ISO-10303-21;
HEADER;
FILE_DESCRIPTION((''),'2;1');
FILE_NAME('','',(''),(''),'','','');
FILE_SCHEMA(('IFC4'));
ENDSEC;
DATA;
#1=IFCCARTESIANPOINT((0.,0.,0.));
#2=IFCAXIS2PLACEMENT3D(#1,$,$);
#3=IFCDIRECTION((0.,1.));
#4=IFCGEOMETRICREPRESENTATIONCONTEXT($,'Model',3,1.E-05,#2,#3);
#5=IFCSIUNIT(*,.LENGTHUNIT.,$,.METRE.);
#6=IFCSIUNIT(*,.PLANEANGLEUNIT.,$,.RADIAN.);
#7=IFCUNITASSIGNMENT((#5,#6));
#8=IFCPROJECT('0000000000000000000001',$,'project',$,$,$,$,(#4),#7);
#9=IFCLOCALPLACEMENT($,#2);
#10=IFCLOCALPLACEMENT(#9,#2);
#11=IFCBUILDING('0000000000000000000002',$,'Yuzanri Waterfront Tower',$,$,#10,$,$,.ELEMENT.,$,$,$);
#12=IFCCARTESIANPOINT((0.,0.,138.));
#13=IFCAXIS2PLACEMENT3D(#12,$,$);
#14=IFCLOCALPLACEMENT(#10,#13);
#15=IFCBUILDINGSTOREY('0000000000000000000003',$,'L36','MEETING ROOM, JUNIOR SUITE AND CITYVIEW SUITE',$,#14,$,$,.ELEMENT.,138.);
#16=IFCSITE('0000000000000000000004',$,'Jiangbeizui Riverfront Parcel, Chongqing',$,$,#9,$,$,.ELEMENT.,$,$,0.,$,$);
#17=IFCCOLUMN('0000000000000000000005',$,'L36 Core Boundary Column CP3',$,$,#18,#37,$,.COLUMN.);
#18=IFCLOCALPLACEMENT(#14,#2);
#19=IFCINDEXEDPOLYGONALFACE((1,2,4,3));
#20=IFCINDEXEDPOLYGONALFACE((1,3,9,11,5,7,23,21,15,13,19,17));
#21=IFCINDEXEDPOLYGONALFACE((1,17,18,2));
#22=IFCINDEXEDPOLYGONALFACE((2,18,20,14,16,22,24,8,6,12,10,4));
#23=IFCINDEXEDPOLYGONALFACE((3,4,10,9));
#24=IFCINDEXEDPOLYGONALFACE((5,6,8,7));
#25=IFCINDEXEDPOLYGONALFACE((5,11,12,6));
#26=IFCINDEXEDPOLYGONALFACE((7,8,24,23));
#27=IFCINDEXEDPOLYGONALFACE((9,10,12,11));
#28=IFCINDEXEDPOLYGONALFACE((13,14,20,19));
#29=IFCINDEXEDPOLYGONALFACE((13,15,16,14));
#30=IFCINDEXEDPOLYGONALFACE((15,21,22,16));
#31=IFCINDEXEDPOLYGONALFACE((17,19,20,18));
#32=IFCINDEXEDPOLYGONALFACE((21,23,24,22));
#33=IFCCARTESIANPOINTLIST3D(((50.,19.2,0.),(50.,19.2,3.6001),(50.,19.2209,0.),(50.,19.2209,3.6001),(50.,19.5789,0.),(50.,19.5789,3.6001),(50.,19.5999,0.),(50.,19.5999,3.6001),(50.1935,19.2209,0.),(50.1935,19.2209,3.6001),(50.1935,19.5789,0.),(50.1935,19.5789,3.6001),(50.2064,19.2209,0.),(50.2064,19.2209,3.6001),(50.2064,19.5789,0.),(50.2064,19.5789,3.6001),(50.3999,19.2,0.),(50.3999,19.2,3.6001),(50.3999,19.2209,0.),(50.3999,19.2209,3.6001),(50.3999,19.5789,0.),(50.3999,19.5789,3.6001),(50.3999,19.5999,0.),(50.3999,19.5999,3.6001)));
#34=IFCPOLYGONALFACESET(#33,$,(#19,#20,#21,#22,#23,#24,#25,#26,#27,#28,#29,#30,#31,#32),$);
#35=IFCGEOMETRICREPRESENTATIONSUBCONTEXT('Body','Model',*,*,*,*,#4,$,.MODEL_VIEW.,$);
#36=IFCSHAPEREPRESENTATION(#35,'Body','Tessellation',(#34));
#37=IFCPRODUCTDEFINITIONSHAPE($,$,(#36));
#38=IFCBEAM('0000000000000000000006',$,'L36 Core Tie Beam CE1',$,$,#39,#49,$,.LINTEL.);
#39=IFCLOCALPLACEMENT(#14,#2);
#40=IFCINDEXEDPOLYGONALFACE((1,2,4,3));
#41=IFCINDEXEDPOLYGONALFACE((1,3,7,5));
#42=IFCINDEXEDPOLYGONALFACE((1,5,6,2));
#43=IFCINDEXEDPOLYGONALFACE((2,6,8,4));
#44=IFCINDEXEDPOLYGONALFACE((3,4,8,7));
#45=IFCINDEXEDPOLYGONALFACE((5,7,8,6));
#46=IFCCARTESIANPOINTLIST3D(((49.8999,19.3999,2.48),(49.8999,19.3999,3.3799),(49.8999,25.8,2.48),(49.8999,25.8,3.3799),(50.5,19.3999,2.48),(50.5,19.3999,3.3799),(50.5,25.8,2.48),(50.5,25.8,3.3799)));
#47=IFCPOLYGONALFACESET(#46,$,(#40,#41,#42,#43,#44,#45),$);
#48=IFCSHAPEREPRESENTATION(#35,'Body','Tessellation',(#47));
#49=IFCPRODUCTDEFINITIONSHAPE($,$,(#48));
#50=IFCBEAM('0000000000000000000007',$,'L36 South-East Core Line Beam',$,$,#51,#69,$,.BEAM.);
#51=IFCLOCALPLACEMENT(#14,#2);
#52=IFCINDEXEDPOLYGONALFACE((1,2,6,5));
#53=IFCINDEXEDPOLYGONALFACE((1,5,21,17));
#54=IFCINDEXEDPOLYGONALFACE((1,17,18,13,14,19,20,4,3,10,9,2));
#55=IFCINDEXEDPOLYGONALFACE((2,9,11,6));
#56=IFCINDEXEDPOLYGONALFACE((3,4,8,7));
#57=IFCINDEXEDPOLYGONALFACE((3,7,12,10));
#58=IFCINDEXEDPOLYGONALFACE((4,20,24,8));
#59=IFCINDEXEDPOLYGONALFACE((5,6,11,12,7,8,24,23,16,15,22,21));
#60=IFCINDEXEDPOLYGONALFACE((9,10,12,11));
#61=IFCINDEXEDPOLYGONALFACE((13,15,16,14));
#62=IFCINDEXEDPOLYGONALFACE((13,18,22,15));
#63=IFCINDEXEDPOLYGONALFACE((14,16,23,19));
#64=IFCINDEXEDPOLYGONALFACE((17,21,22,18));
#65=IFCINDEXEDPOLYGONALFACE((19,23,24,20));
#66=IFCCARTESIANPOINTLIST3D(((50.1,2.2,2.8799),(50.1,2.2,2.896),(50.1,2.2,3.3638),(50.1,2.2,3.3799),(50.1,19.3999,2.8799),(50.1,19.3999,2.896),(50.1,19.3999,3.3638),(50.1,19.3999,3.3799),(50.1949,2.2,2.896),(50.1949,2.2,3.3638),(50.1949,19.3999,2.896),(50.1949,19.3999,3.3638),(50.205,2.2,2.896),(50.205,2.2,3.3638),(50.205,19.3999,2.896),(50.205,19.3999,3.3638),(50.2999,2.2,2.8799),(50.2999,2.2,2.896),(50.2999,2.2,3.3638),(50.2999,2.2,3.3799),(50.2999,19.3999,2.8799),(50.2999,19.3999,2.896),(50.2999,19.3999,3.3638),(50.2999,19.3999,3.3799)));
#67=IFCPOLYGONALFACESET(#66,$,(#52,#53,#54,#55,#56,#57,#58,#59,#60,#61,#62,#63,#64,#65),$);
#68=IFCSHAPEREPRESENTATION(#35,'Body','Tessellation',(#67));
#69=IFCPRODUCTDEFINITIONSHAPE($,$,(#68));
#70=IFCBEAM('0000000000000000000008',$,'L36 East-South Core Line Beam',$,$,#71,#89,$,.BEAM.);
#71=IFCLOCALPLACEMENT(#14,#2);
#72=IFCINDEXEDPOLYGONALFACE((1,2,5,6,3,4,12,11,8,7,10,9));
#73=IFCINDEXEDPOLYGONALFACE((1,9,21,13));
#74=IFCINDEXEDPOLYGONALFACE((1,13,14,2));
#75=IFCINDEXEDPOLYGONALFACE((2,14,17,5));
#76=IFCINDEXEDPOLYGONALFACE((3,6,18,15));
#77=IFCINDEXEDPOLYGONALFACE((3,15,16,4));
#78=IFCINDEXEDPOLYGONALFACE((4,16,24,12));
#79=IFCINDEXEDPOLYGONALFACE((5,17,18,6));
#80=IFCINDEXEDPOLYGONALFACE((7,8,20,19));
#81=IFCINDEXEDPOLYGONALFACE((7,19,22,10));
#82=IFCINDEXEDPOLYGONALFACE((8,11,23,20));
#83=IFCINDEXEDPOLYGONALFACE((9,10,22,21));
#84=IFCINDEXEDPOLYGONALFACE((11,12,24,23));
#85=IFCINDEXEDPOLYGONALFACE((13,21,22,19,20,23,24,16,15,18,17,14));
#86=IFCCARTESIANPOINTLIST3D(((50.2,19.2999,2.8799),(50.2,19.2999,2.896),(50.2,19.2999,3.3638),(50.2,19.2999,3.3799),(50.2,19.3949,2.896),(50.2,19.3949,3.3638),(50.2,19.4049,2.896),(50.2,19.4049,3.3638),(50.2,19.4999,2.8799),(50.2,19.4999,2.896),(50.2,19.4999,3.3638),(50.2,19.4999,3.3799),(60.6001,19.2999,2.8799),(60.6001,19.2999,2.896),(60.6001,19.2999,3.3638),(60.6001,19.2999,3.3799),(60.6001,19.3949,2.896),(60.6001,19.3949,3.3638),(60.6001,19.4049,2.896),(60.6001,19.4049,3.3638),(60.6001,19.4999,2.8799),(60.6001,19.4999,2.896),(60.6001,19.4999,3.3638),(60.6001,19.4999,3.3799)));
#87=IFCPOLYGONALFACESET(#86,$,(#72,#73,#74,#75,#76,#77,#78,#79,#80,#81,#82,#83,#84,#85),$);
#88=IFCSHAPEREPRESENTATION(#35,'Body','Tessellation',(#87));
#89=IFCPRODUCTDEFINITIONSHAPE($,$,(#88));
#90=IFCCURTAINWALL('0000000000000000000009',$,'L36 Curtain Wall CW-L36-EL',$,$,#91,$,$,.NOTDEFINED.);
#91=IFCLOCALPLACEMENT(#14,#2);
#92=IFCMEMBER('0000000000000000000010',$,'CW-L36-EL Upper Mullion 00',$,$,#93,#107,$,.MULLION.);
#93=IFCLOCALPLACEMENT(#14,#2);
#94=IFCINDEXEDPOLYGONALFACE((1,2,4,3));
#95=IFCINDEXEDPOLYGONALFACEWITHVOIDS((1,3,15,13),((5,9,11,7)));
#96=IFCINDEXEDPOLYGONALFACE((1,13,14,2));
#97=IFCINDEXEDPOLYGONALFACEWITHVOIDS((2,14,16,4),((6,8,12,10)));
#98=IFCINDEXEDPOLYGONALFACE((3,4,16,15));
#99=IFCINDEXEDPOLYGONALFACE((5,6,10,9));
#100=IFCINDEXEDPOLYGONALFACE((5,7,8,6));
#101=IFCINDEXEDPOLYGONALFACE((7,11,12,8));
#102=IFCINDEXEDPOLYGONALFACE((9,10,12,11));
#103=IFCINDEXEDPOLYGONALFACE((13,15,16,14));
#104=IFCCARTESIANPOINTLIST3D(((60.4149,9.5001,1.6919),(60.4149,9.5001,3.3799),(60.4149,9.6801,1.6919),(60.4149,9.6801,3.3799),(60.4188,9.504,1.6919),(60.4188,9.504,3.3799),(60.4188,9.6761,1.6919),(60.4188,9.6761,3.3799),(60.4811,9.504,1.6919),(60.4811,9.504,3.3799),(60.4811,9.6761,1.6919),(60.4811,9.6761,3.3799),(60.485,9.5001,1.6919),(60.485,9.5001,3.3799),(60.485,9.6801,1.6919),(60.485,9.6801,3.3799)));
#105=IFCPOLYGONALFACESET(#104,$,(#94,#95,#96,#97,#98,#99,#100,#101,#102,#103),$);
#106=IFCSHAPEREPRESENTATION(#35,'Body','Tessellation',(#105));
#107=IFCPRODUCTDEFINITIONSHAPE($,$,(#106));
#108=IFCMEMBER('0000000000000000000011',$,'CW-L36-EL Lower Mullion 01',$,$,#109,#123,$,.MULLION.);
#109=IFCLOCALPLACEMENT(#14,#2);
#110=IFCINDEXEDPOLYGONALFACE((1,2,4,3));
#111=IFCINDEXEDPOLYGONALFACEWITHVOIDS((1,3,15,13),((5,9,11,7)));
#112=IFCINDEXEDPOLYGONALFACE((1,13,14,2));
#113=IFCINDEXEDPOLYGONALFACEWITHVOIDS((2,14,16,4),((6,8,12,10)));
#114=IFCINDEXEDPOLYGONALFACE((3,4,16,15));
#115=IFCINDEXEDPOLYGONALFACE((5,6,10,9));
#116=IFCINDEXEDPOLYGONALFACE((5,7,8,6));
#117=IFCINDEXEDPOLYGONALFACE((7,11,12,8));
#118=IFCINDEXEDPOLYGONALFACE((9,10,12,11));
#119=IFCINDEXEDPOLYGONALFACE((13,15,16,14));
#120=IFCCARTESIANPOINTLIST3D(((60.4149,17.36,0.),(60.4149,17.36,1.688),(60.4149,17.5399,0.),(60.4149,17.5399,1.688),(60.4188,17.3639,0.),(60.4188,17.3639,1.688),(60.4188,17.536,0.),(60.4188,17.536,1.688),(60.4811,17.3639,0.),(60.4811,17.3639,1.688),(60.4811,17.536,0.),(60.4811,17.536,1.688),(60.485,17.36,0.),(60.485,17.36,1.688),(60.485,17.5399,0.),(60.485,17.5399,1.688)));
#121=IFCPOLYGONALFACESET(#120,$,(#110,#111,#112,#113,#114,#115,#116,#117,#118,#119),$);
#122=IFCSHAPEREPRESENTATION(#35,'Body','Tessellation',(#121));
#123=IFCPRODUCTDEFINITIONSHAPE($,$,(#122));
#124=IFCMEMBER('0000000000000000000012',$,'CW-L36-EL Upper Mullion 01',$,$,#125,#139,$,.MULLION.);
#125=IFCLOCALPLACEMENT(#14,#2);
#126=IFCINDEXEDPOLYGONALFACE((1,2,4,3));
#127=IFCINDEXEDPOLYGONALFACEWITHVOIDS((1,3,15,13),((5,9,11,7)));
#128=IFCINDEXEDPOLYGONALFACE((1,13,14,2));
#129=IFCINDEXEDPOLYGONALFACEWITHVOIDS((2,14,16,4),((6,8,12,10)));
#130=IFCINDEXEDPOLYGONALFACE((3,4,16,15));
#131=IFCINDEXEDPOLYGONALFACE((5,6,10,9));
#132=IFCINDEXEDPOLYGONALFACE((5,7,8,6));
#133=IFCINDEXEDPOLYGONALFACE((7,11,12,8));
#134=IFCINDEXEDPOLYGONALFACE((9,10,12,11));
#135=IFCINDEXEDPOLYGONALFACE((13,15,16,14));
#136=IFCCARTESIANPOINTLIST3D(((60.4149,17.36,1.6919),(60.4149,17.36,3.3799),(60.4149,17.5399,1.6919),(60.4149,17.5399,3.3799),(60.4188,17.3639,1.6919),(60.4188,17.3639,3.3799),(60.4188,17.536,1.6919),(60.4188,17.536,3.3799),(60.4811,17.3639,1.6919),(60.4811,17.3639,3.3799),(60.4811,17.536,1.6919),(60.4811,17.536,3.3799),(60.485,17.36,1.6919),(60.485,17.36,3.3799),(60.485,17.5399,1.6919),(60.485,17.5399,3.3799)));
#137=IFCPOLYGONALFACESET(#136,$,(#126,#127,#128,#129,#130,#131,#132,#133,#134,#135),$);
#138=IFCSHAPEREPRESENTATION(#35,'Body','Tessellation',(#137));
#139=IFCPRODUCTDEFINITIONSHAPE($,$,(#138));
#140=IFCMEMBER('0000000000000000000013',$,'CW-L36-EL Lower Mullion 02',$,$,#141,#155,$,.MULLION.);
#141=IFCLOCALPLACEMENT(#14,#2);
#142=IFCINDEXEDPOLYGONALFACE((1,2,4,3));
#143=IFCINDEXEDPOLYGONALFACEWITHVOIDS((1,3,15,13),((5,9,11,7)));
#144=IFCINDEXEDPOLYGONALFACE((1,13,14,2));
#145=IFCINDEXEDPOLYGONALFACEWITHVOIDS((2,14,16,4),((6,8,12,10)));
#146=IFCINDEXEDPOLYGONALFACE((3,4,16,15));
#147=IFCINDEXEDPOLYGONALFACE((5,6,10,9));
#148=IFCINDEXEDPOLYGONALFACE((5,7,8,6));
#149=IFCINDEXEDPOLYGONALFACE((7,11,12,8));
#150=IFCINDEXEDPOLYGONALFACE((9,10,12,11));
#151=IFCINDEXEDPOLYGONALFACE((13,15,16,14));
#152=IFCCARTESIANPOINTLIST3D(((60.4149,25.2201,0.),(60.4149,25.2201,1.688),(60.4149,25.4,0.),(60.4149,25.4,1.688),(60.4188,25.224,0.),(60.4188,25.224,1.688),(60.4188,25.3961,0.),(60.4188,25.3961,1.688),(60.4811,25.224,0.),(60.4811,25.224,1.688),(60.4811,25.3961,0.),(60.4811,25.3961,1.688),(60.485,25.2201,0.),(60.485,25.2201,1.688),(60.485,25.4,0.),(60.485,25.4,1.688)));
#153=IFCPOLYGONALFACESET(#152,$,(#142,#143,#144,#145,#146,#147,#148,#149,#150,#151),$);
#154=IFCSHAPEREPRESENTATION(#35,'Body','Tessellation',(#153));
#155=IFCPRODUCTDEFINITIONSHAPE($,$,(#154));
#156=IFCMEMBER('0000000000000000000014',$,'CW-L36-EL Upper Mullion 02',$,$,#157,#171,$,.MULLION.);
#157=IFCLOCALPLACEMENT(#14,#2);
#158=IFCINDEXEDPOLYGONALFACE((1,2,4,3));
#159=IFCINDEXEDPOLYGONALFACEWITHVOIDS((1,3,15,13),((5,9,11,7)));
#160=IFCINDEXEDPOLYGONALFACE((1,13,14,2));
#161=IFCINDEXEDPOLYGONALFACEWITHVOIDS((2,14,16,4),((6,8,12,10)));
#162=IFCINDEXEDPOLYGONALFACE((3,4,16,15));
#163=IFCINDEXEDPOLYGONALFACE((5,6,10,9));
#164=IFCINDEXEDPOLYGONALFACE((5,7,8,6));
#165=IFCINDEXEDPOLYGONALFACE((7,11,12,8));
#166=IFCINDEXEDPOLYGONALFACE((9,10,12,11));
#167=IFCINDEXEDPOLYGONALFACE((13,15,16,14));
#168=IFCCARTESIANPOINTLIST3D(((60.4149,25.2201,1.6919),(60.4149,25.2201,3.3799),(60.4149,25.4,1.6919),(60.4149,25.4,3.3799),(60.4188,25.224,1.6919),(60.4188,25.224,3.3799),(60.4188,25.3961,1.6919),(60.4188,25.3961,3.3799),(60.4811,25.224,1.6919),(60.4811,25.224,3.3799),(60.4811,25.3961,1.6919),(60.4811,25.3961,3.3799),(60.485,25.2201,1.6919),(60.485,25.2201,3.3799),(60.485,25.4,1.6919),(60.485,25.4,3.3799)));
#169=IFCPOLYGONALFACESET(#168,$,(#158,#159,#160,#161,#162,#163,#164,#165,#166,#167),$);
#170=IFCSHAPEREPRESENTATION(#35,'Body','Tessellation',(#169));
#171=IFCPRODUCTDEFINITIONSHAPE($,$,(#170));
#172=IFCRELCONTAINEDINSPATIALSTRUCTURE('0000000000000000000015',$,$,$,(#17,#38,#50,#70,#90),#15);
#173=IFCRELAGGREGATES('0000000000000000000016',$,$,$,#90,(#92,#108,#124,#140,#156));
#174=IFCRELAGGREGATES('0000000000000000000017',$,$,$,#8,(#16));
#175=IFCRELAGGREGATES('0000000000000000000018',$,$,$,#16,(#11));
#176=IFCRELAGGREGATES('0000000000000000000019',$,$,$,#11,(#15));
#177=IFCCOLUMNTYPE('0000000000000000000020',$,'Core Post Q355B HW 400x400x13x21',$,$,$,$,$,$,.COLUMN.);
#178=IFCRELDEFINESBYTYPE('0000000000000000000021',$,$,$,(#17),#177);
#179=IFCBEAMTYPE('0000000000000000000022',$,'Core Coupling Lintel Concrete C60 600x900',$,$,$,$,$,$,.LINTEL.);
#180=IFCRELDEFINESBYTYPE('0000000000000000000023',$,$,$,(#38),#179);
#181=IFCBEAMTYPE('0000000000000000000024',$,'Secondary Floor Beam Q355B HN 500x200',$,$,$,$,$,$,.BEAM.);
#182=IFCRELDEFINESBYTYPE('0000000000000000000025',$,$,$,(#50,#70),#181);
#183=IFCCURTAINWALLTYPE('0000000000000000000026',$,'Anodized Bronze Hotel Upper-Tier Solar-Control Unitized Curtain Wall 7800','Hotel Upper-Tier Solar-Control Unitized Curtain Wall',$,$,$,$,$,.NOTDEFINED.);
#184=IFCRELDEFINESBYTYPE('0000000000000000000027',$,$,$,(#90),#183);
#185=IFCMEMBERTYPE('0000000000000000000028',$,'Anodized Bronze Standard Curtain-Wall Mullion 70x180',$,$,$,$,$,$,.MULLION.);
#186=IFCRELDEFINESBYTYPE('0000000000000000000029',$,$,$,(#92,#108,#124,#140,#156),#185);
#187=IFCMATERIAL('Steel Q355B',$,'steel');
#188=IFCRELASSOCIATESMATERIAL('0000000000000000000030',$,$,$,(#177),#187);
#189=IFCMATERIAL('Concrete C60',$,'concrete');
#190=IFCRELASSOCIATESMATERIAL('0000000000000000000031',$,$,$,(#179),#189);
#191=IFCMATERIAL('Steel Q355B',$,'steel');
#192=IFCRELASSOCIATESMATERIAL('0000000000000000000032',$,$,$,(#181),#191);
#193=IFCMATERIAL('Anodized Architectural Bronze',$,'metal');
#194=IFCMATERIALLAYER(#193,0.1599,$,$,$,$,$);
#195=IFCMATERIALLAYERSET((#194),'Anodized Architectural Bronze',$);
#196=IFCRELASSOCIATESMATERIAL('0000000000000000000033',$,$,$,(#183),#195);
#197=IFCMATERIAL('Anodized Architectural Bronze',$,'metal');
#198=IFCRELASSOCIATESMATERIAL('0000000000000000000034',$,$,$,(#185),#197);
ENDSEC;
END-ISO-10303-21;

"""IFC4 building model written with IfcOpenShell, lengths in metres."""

from ifc_helpers import new_model, si_unit, direction, frame, origin, origin_2d, place, context, subcontext, project, spatial, rectangle, hollow_rectangle, i_section, extrude, source, transform, mapped, material, layer, layer_set, material_profile, profile_set, type_object, element, aggregate, save


model = new_model("IFC4")

# Units and contexts
model_context = context("Model", 3, precision=1e-05, world=origin(), true_north=direction((0.0, 1.0)))
body_context = subcontext(model_context, "Body", "Model", "MODEL_VIEW")
ifc_project = project(units=[si_unit("LENGTHUNIT", "METRE"), si_unit("PLANEANGLEUNIT", "RADIAN")], contexts=[model_context])

# Site, building, storey
site_placement = place(None, origin())
site = spatial("IfcSite", under=ifc_project, at=site_placement, Name="Jiangbeizui Riverfront Parcel, Chongqing", CompositionType="ELEMENT", RefElevation=0.0)
building_placement = place(site_placement, origin())
building = spatial("IfcBuilding", under=site, at=building_placement, Name="Yuzanri Waterfront Tower", CompositionType="ELEMENT")
storey_placement = place(building_placement, frame((0.0, 0.0, 138.0)))
storey = spatial("IfcBuildingStorey", under=building, at=storey_placement, Name="L36", Description="MEETING ROOM, JUNIOR SUITE AND CITYVIEW SUITE", CompositionType="ELEMENT", Elevation=138.0)

# Column
ifc_material_1 = material(Name="Steel Q355B", Category="steel")
ifc_material_profile_1 = material_profile(ifc_material_1, i_section(OverallWidth=0.3999, OverallDepth=0.3999, WebThickness=0.0129, FlangeThickness=0.021, at=origin_2d()), Name="HW 400x400x13x21")
ifc_profile_set_1 = profile_set([ifc_material_profile_1], Name="Steel Q355B")
column_type = type_object("IfcColumnType", Name="Core Post Q355B HW 400x400x13x21", PredefinedType="COLUMN", material=ifc_profile_set_1)
shared_shape_1 = source(origin(), body_context, "Body", "SweptSolid", [
    extrude(i_section(OverallWidth=0.3999, OverallDepth=0.3999, WebThickness=0.0129, FlangeThickness=0.021, at=origin_2d()), origin(), (0.0, 0.0, 1.0), 3.6001),
])
column_placement = place(storey_placement, frame((50.2, 19.3999, 0.0), z_axis=(0.0, 0.0, 1.0), x_axis=(1.0, 0.0, 0.0)))
element("IfcColumn", 1, at=column_placement, inside=storey, type_object=column_type, Name="L36 Core Boundary Column CP3", PredefinedType="COLUMN", context=body_context, shape_type="MappedRepresentation", body=[
    mapped(shared_shape_1, transform((0.0, 0.0, 0.0), scale=1.0)),
])

# Beams
ifc_material_2 = material(Name="Concrete C60", Category="concrete")
ifc_material_profile_2 = material_profile(ifc_material_2, rectangle(XDim=0.6001, YDim=0.8999, at=origin_2d()), Name="RC 600x900")
ifc_profile_set_2 = profile_set([ifc_material_profile_2], Name="Concrete C60")
beam_type_1 = type_object("IfcBeamType", Name="Core Coupling Lintel Concrete C60 600x900", PredefinedType="LINTEL", material=ifc_profile_set_2)
shared_shape_2 = source(origin(), body_context, "Body", "SweptSolid", [
    extrude(rectangle(XDim=0.6001, YDim=0.8999, at=origin_2d()), origin(), (0.0, 0.0, 1.0), 6.4001),
])
beam_1_placement = place(storey_placement, frame((50.2, 19.3999, 2.9299), z_axis=(0.0, 1.0, 0.0), x_axis=(-1.0, 0.0, 0.0)))
element("IfcBeam", 2, at=beam_1_placement, inside=storey, type_object=beam_type_1, Name="L36 Core Tie Beam CE1", PredefinedType="LINTEL", context=body_context, shape_type="MappedRepresentation", body=[
    mapped(shared_shape_2, transform((0.0, 0.0, 0.0), scale=1.0)),
])
ifc_material_3 = material(Name="Steel Q355B", Category="steel")
ifc_material_profile_3 = material_profile(ifc_material_3, i_section(OverallWidth=0.2, OverallDepth=0.5, WebThickness=0.01, FlangeThickness=0.0161, at=origin_2d()), Name="HN 500x200x10x16")
ifc_profile_set_3 = profile_set([ifc_material_profile_3], Name="Steel Q355B")
beam_type_2 = type_object("IfcBeamType", Name="Secondary Floor Beam Q355B HN 500x200", PredefinedType="BEAM", material=ifc_profile_set_3)
shared_shape_3 = source(origin(), body_context, "Body", "SweptSolid", [
    extrude(i_section(OverallWidth=0.2, OverallDepth=0.5, WebThickness=0.01, FlangeThickness=0.0161, at=origin_2d()), origin(), (0.0, 0.0, 1.0), 17.2),
])
beam_2_placement = place(storey_placement, frame((50.2, 19.3999, 3.1299), z_axis=(0.0, -1.0, 0.0), x_axis=(1.0, 0.0, 0.0)))
element("IfcBeam", 3, at=beam_2_placement, inside=storey, type_object=beam_type_2, Name="L36 South-East Core Line Beam", PredefinedType="BEAM", context=body_context, shape_type="MappedRepresentation", body=[
    mapped(shared_shape_3, transform((0.0, 0.0, 0.0), scale=1.0)),
])
shared_shape_4 = source(origin(), body_context, "Body", "SweptSolid", [
    extrude(i_section(OverallWidth=0.2, OverallDepth=0.5, WebThickness=0.01, FlangeThickness=0.0161, at=origin_2d()), origin(), (0.0, 0.0, 1.0), 10.4001),
])
beam_3_placement = place(storey_placement, frame((50.2, 19.3999, 3.1299), z_axis=(1.0, 0.0, 0.0), x_axis=(0.0, 1.0, 0.0)))
element("IfcBeam", 4, at=beam_3_placement, inside=storey, type_object=beam_type_2, Name="L36 East-South Core Line Beam", PredefinedType="BEAM", context=body_context, shape_type="MappedRepresentation", body=[
    mapped(shared_shape_4, transform((0.0, 0.0, 0.0), scale=1.0)),
])

# Curtain wall, members
ifc_material_4 = material(Name="Anodized Architectural Bronze", Category="metal")
ifc_layer_1 = layer(ifc_material_4, 0.1599)
ifc_layer_set_1 = layer_set([ifc_layer_1], Name="Anodized Architectural Bronze")
curtain_wall_type = type_object("IfcCurtainWallType", Name="Anodized Bronze Hotel Upper-Tier Solar-Control Unitized Curtain Wall 7800", Description="Hotel Upper-Tier Solar-Control Unitized Curtain Wall", PredefinedType="NOTDEFINED", material=ifc_layer_set_1)
curtain_wall_placement = place(storey_placement, origin())
curtain_wall = element("IfcCurtainWall", 5, at=curtain_wall_placement, inside=storey, type_object=curtain_wall_type, Name="L36 Curtain Wall CW-L36-EL", PredefinedType="NOTDEFINED")
ifc_material_5 = material(Name="Anodized Architectural Bronze", Category="metal")
ifc_material_profile_4 = material_profile(ifc_material_5, hollow_rectangle(XDim=0.0701, YDim=0.1799, WallThickness=0.0039, at=origin_2d()), Name="CWM 70x180")
ifc_profile_set_4 = profile_set([ifc_material_profile_4], Name="Anodized Architectural Bronze")
member_type = type_object("IfcMemberType", Name="Anodized Bronze Standard Curtain-Wall Mullion 70x180", PredefinedType="MULLION", material=ifc_profile_set_4)
shared_shape_5 = source(origin(), body_context, "Body", "SweptSolid", [
    extrude(hollow_rectangle(XDim=0.0701, YDim=0.1799, WallThickness=0.0039, at=origin_2d()), origin(), (0.0, 0.0, 1.0), 1.688),
])
member_1_placement = place(storey_placement, frame((60.45, 9.5901, 1.6919), z_axis=(0.0, 0.0, 1.0), x_axis=(1.0, 0.0, 0.0)))
member_1 = element("IfcMember", 6, at=member_1_placement, type_object=member_type, Name="CW-L36-EL Upper Mullion 00", PredefinedType="MULLION", context=body_context, shape_type="MappedRepresentation", body=[
    mapped(shared_shape_5, transform((0.0, 0.0, 0.0), scale=1.0)),
])
member_2_placement = place(storey_placement, frame((60.45, 17.45, 0.0), z_axis=(0.0, 0.0, 1.0), x_axis=(1.0, 0.0, 0.0)))
member_2 = element("IfcMember", 7, at=member_2_placement, type_object=member_type, Name="CW-L36-EL Lower Mullion 01", PredefinedType="MULLION", context=body_context, shape_type="MappedRepresentation", body=[
    mapped(shared_shape_5, transform((0.0, 0.0, 0.0), scale=1.0)),
])
member_3_placement = place(storey_placement, frame((60.45, 17.45, 1.6919), z_axis=(0.0, 0.0, 1.0), x_axis=(1.0, 0.0, 0.0)))
member_3 = element("IfcMember", 8, at=member_3_placement, type_object=member_type, Name="CW-L36-EL Upper Mullion 01", PredefinedType="MULLION", context=body_context, shape_type="MappedRepresentation", body=[
    mapped(shared_shape_5, transform((0.0, 0.0, 0.0), scale=1.0)),
])
member_4_placement = place(storey_placement, frame((60.45, 25.3101, 0.0), z_axis=(0.0, 0.0, 1.0), x_axis=(1.0, 0.0, 0.0)))
member_4 = element("IfcMember", 9, at=member_4_placement, type_object=member_type, Name="CW-L36-EL Lower Mullion 02", PredefinedType="MULLION", context=body_context, shape_type="MappedRepresentation", body=[
    mapped(shared_shape_5, transform((0.0, 0.0, 0.0), scale=1.0)),
])
member_5_placement = place(storey_placement, frame((60.45, 25.3101, 1.6919), z_axis=(0.0, 0.0, 1.0), x_axis=(1.0, 0.0, 0.0)))
member_5 = element("IfcMember", 10, at=member_5_placement, type_object=member_type, Name="CW-L36-EL Upper Mullion 02", PredefinedType="MULLION", context=body_context, shape_type="MappedRepresentation", body=[
    mapped(shared_shape_5, transform((0.0, 0.0, 0.0), scale=1.0)),
])
aggregate(curtain_wall, [member_1, member_2, member_3, member_4, member_5])

save(model, "model.ifc")
